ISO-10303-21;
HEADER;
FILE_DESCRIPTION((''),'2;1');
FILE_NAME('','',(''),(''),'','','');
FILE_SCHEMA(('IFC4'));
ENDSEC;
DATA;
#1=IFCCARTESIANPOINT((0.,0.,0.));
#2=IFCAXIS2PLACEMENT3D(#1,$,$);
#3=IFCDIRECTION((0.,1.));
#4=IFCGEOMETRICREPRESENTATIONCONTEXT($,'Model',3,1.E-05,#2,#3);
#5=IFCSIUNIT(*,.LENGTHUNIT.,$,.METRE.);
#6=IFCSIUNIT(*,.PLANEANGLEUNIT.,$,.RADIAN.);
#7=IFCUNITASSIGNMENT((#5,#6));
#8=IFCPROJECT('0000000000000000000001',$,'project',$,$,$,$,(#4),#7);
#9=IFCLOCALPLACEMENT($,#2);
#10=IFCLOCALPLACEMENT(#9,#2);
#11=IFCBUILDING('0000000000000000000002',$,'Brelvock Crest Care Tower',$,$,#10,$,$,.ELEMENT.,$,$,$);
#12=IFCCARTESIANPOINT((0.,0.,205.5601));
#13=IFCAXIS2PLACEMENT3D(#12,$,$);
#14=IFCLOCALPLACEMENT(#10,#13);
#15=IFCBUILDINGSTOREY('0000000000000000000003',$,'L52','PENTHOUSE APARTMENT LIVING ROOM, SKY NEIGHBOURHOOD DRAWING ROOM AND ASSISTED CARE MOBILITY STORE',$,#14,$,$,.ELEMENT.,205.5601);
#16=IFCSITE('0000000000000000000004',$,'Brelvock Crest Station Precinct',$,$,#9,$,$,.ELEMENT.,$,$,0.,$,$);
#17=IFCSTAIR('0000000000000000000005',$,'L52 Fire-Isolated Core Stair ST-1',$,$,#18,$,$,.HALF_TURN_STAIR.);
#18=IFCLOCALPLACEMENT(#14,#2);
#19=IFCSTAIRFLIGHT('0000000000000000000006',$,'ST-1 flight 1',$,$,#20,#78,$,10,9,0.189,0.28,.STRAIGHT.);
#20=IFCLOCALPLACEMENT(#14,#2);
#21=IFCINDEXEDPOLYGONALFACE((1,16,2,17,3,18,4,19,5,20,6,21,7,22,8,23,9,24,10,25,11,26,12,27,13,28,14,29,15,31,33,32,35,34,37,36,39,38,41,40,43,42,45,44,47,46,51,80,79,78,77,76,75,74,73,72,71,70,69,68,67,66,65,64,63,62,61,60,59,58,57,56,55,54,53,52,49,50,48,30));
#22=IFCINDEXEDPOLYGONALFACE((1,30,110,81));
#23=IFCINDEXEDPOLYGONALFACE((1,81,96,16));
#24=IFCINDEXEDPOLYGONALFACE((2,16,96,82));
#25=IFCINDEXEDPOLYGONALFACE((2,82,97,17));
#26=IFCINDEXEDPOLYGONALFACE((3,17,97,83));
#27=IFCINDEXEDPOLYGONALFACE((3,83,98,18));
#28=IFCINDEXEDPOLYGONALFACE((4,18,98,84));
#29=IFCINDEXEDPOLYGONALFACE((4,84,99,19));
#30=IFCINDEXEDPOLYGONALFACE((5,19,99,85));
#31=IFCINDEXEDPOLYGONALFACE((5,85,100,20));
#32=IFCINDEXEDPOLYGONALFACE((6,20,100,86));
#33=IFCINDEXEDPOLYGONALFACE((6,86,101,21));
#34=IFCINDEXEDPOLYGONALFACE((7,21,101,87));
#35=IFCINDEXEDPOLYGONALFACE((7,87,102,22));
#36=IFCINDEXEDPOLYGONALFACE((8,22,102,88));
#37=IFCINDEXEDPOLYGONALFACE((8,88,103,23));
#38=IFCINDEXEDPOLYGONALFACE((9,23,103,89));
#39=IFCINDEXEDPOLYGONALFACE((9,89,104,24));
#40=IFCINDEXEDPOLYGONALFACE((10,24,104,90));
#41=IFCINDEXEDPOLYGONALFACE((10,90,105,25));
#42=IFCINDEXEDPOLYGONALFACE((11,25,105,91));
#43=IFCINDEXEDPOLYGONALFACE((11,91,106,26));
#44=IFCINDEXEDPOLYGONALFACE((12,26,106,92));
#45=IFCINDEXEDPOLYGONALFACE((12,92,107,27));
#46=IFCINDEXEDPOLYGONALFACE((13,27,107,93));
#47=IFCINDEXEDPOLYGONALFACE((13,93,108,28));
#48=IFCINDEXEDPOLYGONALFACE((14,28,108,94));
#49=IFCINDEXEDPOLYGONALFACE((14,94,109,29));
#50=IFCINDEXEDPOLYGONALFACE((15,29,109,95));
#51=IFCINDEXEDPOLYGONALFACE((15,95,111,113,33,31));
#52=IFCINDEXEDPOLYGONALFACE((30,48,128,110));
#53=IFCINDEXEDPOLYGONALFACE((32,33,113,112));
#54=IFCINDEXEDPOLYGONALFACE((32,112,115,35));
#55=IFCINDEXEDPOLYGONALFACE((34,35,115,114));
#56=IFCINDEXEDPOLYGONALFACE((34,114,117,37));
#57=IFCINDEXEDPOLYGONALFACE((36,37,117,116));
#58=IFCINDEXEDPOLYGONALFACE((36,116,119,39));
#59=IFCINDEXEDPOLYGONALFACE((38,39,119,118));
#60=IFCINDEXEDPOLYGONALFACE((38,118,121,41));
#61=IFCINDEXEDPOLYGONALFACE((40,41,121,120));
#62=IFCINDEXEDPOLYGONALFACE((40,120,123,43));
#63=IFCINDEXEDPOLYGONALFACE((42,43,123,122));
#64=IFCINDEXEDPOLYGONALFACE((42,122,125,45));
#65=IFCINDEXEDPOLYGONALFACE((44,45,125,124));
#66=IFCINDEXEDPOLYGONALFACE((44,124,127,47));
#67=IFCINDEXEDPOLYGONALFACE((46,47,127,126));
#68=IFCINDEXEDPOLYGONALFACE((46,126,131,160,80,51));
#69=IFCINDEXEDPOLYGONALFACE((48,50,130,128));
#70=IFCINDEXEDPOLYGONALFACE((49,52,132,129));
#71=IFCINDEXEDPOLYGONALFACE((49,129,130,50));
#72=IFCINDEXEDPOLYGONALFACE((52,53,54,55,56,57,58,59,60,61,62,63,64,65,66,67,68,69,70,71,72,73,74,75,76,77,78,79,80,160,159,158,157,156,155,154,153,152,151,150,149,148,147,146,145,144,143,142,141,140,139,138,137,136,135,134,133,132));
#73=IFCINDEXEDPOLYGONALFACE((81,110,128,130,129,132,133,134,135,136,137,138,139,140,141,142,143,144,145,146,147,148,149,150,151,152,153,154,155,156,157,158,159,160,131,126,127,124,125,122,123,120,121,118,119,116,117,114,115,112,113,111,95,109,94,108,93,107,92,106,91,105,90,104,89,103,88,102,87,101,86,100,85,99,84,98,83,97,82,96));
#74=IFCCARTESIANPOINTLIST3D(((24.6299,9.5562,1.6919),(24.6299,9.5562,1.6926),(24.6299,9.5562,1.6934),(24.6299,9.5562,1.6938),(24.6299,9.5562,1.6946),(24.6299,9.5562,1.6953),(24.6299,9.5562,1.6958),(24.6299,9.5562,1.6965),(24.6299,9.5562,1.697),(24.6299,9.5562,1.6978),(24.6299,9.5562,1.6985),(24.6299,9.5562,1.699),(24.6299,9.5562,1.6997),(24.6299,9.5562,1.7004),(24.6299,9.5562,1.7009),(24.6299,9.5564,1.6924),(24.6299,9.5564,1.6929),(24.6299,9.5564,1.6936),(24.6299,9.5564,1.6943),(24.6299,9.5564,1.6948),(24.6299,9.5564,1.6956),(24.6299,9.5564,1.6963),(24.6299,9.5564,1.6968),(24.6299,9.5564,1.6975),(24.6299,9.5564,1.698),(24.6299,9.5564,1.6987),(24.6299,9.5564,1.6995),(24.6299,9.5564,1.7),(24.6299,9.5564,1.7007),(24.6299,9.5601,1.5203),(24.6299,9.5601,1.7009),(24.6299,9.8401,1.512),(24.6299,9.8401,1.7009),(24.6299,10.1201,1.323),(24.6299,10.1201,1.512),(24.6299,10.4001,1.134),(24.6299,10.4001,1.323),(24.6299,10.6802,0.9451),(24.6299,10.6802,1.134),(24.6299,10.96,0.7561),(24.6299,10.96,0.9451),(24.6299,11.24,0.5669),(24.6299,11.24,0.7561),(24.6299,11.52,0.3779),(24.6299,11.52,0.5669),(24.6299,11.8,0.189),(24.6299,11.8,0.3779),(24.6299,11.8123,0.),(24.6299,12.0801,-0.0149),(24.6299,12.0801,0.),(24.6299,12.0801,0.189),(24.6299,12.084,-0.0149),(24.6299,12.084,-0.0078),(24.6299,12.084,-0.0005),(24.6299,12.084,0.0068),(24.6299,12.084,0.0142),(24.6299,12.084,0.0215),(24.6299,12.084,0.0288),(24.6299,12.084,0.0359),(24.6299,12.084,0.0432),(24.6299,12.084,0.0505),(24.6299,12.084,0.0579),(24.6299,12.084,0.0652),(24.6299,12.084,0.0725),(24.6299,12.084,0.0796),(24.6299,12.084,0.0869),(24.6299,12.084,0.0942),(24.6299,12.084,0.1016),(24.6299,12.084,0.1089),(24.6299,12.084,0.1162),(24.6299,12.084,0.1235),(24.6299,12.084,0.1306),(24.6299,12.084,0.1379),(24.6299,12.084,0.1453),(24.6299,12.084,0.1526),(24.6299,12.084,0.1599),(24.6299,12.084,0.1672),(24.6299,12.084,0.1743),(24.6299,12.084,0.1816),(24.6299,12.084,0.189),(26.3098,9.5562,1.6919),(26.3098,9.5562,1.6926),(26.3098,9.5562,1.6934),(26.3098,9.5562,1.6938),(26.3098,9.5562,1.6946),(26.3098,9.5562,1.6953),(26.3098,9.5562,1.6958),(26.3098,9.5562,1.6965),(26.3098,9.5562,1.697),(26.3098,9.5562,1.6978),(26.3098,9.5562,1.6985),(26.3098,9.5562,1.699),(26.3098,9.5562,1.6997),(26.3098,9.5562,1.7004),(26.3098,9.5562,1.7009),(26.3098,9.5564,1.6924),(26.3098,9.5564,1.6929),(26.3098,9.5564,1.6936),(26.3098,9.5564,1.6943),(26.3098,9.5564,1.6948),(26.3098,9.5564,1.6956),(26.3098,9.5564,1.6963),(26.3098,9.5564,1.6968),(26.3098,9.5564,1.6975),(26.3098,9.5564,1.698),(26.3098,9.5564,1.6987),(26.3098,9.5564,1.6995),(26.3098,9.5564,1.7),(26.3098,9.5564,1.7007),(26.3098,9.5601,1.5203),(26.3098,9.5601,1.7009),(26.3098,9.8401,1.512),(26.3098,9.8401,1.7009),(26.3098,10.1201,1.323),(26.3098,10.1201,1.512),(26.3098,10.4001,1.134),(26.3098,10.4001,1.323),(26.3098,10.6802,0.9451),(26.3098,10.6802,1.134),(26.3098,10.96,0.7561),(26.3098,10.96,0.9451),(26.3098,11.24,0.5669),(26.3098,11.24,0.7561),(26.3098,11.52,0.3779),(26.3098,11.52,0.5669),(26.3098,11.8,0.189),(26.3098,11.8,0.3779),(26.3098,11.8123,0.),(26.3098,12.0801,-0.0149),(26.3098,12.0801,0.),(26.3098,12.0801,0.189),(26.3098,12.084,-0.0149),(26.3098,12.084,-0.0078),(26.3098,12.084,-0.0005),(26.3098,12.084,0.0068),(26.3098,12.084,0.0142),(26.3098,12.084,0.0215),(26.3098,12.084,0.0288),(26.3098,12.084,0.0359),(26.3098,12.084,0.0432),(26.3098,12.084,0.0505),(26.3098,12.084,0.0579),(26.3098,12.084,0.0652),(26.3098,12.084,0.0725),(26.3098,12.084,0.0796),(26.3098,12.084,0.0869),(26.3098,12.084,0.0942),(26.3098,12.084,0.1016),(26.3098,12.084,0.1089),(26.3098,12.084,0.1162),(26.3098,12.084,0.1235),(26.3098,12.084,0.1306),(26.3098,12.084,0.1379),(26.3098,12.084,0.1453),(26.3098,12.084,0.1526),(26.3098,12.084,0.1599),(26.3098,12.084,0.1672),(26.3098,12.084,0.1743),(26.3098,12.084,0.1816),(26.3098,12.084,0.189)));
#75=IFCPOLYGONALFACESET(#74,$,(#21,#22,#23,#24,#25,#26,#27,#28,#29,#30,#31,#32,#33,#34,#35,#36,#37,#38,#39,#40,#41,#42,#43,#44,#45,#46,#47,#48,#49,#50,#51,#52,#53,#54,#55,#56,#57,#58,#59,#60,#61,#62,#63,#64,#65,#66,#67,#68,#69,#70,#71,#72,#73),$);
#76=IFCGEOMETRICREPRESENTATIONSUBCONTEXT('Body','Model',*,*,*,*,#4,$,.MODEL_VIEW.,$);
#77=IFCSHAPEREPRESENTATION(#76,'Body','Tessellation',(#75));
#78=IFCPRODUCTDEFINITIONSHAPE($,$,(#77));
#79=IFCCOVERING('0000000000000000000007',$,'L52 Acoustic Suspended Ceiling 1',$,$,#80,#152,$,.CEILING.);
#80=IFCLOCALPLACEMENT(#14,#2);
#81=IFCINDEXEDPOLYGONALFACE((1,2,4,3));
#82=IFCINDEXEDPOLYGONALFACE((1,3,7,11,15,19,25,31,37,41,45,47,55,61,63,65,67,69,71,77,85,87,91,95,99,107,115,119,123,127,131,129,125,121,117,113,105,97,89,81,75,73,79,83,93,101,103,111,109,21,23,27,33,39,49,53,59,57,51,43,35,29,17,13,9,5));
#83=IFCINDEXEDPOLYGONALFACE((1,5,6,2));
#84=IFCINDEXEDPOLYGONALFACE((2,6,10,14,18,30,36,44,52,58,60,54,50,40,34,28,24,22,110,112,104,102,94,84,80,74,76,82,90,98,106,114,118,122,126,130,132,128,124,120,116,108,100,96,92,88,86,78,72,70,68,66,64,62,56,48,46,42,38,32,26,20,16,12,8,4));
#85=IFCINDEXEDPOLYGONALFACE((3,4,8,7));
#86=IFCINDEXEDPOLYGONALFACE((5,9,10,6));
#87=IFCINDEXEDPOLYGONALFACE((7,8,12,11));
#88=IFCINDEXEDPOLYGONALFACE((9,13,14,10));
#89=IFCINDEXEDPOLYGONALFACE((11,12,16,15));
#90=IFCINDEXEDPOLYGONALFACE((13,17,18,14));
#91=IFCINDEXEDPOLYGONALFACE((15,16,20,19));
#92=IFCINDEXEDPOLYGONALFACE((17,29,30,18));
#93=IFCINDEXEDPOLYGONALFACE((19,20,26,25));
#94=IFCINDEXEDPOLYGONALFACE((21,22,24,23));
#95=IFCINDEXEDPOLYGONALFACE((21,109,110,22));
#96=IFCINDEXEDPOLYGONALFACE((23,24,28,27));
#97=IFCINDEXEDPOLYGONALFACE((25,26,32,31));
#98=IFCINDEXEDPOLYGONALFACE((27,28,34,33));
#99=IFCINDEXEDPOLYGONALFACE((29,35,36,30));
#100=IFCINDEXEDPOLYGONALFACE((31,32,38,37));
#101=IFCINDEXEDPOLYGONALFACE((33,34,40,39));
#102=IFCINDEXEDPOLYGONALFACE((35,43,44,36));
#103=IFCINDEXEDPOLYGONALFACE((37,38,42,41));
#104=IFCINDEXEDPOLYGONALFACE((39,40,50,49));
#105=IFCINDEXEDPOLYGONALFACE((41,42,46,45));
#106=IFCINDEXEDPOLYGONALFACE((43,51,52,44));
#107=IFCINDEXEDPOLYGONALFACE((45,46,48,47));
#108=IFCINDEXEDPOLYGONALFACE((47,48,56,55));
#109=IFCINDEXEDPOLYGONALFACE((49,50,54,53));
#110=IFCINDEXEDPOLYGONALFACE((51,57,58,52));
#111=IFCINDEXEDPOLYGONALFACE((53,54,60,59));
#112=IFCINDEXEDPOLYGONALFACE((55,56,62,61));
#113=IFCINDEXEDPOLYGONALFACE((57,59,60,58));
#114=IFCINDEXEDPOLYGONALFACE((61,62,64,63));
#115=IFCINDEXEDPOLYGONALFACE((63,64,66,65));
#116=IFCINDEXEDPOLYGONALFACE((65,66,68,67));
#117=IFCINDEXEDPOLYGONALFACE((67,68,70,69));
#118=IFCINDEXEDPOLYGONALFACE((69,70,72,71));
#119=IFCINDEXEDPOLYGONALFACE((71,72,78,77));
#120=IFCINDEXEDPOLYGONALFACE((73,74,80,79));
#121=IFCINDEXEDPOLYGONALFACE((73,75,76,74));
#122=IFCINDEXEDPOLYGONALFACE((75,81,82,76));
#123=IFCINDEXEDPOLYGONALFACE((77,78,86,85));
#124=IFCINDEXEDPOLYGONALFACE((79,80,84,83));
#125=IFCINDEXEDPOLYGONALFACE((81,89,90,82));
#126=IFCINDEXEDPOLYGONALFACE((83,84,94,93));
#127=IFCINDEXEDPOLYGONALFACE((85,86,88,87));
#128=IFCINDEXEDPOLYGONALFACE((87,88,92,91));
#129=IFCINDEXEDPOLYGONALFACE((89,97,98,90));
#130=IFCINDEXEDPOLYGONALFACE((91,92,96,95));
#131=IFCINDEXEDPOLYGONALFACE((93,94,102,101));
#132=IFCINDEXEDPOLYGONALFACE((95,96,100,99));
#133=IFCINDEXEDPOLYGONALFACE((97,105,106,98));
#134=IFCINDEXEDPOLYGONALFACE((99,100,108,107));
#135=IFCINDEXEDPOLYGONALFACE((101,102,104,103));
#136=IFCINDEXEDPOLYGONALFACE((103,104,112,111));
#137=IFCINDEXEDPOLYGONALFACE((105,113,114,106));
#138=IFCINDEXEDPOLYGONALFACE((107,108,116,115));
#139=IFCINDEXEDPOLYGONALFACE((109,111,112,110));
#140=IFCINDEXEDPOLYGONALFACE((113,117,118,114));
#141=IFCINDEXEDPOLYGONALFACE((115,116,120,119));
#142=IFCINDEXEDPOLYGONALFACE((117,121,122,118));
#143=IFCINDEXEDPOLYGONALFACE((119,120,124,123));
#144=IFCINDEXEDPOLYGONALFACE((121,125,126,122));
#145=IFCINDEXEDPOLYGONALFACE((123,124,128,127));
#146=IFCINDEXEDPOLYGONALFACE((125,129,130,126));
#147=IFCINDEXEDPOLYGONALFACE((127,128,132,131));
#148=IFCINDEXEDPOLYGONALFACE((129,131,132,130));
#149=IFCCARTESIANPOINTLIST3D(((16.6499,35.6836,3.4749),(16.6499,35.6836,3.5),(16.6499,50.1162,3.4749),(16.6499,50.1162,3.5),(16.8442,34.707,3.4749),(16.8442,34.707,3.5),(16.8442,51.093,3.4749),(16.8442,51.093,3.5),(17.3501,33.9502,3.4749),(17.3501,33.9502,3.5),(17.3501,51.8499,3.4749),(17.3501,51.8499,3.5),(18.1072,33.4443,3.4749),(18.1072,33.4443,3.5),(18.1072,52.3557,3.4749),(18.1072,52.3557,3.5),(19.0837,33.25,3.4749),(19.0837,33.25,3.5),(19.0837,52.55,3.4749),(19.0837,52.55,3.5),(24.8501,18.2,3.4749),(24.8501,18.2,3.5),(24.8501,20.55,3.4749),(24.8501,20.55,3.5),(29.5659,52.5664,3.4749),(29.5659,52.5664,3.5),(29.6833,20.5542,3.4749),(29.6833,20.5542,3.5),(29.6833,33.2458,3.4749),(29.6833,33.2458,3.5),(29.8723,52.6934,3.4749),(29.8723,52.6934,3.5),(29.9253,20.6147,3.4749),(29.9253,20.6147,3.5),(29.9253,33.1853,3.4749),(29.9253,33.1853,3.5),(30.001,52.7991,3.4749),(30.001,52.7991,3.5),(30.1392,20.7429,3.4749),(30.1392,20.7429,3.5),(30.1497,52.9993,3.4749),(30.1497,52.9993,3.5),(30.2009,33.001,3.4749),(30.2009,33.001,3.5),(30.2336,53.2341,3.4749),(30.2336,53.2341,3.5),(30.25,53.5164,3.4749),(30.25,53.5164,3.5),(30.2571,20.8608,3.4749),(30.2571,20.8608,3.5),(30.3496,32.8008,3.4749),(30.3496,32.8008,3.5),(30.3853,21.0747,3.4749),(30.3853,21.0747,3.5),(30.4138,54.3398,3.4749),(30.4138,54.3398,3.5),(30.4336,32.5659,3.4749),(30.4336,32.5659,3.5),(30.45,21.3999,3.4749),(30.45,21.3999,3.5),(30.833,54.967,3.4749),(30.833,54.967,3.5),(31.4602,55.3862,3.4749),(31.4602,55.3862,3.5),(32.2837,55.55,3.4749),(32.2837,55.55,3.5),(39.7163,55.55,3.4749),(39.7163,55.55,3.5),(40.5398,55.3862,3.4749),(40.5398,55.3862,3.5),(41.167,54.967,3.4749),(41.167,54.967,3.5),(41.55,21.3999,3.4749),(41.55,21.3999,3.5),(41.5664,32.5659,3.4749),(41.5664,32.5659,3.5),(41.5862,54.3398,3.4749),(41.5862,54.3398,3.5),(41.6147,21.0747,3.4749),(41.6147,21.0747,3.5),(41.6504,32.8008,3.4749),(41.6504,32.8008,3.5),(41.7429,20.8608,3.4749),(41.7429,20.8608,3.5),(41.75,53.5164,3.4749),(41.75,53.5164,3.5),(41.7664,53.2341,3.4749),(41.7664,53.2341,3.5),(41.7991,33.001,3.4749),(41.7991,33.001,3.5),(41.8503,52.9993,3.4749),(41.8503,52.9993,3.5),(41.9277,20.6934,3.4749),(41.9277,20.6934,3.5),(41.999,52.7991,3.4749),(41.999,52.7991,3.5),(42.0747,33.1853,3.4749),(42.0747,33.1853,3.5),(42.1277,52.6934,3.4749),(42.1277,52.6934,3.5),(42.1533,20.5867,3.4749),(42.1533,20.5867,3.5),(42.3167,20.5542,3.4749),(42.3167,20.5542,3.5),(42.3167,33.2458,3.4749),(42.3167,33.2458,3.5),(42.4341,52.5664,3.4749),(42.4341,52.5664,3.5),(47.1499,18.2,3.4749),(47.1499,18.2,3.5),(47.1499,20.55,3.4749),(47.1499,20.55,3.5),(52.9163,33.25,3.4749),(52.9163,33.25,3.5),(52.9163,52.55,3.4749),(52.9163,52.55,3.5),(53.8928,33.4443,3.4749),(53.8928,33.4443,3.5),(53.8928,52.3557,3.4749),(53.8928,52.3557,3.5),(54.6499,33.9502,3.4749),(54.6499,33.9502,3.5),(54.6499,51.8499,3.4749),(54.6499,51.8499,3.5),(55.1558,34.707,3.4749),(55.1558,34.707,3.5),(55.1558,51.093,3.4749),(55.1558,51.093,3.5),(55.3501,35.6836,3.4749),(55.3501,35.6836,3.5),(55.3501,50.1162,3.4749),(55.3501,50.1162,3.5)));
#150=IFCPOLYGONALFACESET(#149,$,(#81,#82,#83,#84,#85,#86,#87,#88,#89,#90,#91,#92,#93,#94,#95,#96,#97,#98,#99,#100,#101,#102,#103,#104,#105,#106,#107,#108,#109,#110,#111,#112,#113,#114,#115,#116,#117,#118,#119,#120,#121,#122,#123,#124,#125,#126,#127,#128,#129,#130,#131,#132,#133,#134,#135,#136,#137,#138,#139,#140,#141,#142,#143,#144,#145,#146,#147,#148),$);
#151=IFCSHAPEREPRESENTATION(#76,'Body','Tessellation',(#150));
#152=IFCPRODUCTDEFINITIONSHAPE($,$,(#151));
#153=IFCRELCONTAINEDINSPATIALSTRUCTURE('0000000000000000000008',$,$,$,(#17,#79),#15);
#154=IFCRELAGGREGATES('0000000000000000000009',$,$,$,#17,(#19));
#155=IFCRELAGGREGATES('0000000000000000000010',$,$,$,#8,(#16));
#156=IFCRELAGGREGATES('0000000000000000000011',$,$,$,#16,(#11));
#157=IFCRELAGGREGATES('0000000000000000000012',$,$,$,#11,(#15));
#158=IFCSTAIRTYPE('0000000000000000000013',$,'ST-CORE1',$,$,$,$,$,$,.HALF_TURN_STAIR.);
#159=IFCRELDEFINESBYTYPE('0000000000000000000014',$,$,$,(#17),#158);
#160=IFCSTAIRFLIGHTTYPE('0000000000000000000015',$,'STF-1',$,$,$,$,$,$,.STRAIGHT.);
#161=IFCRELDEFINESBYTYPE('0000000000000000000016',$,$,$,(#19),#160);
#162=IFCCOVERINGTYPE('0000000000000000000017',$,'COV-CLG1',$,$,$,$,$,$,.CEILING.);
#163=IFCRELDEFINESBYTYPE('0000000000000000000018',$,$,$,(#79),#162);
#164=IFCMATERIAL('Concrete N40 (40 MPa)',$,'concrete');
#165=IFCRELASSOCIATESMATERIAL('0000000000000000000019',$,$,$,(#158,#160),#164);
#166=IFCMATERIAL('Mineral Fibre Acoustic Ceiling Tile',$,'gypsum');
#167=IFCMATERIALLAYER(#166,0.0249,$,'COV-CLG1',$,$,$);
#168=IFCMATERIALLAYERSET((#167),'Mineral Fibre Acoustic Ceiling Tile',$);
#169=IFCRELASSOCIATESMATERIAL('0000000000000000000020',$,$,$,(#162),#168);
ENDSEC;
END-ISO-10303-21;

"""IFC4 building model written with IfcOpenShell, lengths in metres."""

from ifc_helpers import new_model, si_unit, direction, frame, origin, place, context, subcontext, project, spatial, polyline, outline, extrude, material, layer, layer_set, type_object, element, aggregate, save


model = new_model("IFC4")

# Units and contexts
model_context = context("Model", 3, precision=1e-05, world=origin(), true_north=direction((0.0, 1.0)))
body_context = subcontext(model_context, "Body", "Model", "MODEL_VIEW")
ifc_project = project(units=[si_unit("LENGTHUNIT", "METRE"), si_unit("PLANEANGLEUNIT", "RADIAN")], contexts=[model_context])

# Site, building, storey
site_placement = place(None, origin())
site = spatial("IfcSite", under=ifc_project, at=site_placement, Name="Brelvock Crest Station Precinct", CompositionType="ELEMENT", RefElevation=0.0)
building_placement = place(site_placement, origin())
building = spatial("IfcBuilding", under=site, at=building_placement, Name="Brelvock Crest Care Tower", CompositionType="ELEMENT")
storey_placement = place(building_placement, frame((0.0, 0.0, 205.5601)))
storey = spatial("IfcBuildingStorey", under=building, at=storey_placement, Name="L52", Description="PENTHOUSE APARTMENT LIVING ROOM, SKY NEIGHBOURHOOD DRAWING ROOM AND ASSISTED CARE MOBILITY STORE", CompositionType="ELEMENT", Elevation=205.5601)

# Stair
ifc_material_1 = material(Name="Concrete N40 (40 MPa)", Category="concrete")
stair_type = type_object("IfcStairType", Name="ST-CORE1", PredefinedType="HALF_TURN_STAIR", material=ifc_material_1)
stair_1_placement = place(storey_placement, origin())
stair_1 = element("IfcStair", 1, at=stair_1_placement, inside=storey, type_object=stair_type, Name="L52 Fire-Isolated Core Stair ST-1", PredefinedType="HALF_TURN_STAIR")

# Stair flight
stair_flight_type = type_object("IfcStairFlightType", Name="STF-1", PredefinedType="STRAIGHT", material=ifc_material_1)
stair_flight_placement = place(storey_placement, frame((25.47, 12.0801, 0.0), z_axis=(0.0, 0.0, 1.0), x_axis=(0.0, -1.0, 0.0)))
stair_flight = element("IfcStairFlight", 2, at=stair_flight_placement, type_object=stair_flight_type, Name="ST-1 flight 1", NumberOfRisers=10, NumberOfTreads=9, PredefinedType="STRAIGHT", RiserHeight=0.189, TreadLength=0.28, context=body_context, shape_type="SweptSolid", body=[
    extrude(outline(polyline([(-0.0039, -0.0149), (-0.0039, -0.0078), (-0.0039, -0.0005), (-0.0039, 0.0068), (-0.0039, 0.0142), (-0.0039, 0.0215), (-0.0039, 0.0288), (-0.0039, 0.0359), (-0.0039, 0.0432), (-0.0039, 0.0505), (-0.0039, 0.0579), (-0.0039, 0.0652), (-0.0039, 0.0725), (-0.0039, 0.0796), (-0.0039, 0.0869), (-0.0039, 0.0942), (-0.0039, 0.1016), (-0.0039, 0.1089), (-0.0039, 0.1162), (-0.0039, 0.1235), (-0.0039, 0.1306), (-0.0039, 0.1379), (-0.0039, 0.1453), (-0.0039, 0.1526), (-0.0039, 0.1599), (-0.0039, 0.1672), (-0.0039, 0.1743), (-0.0039, 0.1816), (-0.0039, 0.189), (0.0, 0.189), (0.28, 0.189), (0.28, 0.3779), (0.5601, 0.3779), (0.5601, 0.5669), (0.8401, 0.5669), (0.8401, 0.7561), (1.1201, 0.7561), (1.1201, 0.9451), (1.3999, 0.9451), (1.3999, 1.134), (1.6799, 1.134), (1.6799, 1.323), (1.96, 1.323), (1.96, 1.512), (2.24, 1.512), (2.24, 1.7009), (2.52, 1.7009), (2.5239, 1.7009), (2.5237, 1.7007), (2.5239, 1.7004), (2.5237, 1.7), (2.5239, 1.6997), (2.5237, 1.6995), (2.5239, 1.699), (2.5237, 1.6987), (2.5239, 1.6985), (2.5237, 1.698), (2.5239, 1.6978), (2.5237, 1.6975), (2.5239, 1.697), (2.5237, 1.6968), (2.5239, 1.6965), (2.5237, 1.6963), (2.5239, 1.6958), (2.5237, 1.6956), (2.5239, 1.6953), (2.5237, 1.6948), (2.5239, 1.6946), (2.5237, 1.6943), (2.5239, 1.6938), (2.5237, 1.6936), (2.5239, 1.6934), (2.5237, 1.6929), (2.5239, 1.6926), (2.5237, 1.6924), (2.5239, 1.6919), (2.52, 1.5203), (0.2678, 0.0), (0.0, 0.0), (0.0, -0.0149), (-0.0039, -0.0149)])), frame((0.0, 0.8398, 0.0), z_axis=(0.0, -1.0, 0.0), x_axis=(1.0, 0.0, 0.0)), (0.0, 0.0, 1.0), 1.6799),
])
aggregate(stair_1, [stair_flight])

# Covering
ifc_material_2 = material(Name="Mineral Fibre Acoustic Ceiling Tile", Category="gypsum")
ifc_layer_1 = layer(ifc_material_2, 0.0249, Name="COV-CLG1")
ifc_layer_set_1 = layer_set([ifc_layer_1], Name="Mineral Fibre Acoustic Ceiling Tile")
covering_type_1 = type_object("IfcCoveringType", Name="COV-CLG1", PredefinedType="CEILING", material=ifc_layer_set_1)
covering_1_placement = place(storey_placement, frame((0.0, 0.0, 3.4749)))
element("IfcCovering", 3, at=covering_1_placement, inside=storey, type_object=covering_type_1, Name="L52 Acoustic Suspended Ceiling 1", PredefinedType="CEILING", context=body_context, shape_type="SweptSolid", body=[
    extrude(outline(polyline([(24.8501, 18.2), (47.1499, 18.2), (47.1499, 20.55), (42.3167, 20.5542), (42.1533, 20.5867), (41.9277, 20.6934), (41.7429, 20.8608), (41.6147, 21.0747), (41.55, 21.3999), (41.5664, 32.5659), (41.6504, 32.8008), (41.7991, 33.001), (42.0747, 33.1853), (42.3167, 33.2458), (52.9163, 33.25), (53.8928, 33.4443), (54.6499, 33.9502), (55.1558, 34.707), (55.3501, 35.6836), (55.3501, 50.1162), (55.1558, 51.093), (54.6499, 51.8499), (53.8928, 52.3557), (52.9163, 52.55), (42.4341, 52.5664), (42.1277, 52.6934), (41.999, 52.7991), (41.8503, 52.9993), (41.7664, 53.2341), (41.75, 53.5164), (41.5862, 54.3398), (41.167, 54.967), (40.5398, 55.3862), (39.7163, 55.55), (32.2837, 55.55), (31.4602, 55.3862), (30.833, 54.967), (30.4138, 54.3398), (30.25, 53.5164), (30.2336, 53.2341), (30.1497, 52.9993), (30.001, 52.7991), (29.8723, 52.6934), (29.5659, 52.5664), (19.0837, 52.55), (18.1072, 52.3557), (17.3501, 51.8499), (16.8442, 51.093), (16.6499, 50.1162), (16.6499, 35.6836), (16.8442, 34.707), (17.3501, 33.9502), (18.1072, 33.4443), (19.0837, 33.25), (29.6833, 33.2458), (29.9253, 33.1853), (30.2009, 33.001), (30.3496, 32.8008), (30.4336, 32.5659), (30.45, 21.3999), (30.3853, 21.0747), (30.2571, 20.8608), (30.1392, 20.7429), (29.9253, 20.6147), (29.6833, 20.5542), (24.8501, 20.55), (24.8501, 18.2)])), origin(), (0.0, 0.0, 1.0), 0.0251),
])

save(model, "model.ifc")
